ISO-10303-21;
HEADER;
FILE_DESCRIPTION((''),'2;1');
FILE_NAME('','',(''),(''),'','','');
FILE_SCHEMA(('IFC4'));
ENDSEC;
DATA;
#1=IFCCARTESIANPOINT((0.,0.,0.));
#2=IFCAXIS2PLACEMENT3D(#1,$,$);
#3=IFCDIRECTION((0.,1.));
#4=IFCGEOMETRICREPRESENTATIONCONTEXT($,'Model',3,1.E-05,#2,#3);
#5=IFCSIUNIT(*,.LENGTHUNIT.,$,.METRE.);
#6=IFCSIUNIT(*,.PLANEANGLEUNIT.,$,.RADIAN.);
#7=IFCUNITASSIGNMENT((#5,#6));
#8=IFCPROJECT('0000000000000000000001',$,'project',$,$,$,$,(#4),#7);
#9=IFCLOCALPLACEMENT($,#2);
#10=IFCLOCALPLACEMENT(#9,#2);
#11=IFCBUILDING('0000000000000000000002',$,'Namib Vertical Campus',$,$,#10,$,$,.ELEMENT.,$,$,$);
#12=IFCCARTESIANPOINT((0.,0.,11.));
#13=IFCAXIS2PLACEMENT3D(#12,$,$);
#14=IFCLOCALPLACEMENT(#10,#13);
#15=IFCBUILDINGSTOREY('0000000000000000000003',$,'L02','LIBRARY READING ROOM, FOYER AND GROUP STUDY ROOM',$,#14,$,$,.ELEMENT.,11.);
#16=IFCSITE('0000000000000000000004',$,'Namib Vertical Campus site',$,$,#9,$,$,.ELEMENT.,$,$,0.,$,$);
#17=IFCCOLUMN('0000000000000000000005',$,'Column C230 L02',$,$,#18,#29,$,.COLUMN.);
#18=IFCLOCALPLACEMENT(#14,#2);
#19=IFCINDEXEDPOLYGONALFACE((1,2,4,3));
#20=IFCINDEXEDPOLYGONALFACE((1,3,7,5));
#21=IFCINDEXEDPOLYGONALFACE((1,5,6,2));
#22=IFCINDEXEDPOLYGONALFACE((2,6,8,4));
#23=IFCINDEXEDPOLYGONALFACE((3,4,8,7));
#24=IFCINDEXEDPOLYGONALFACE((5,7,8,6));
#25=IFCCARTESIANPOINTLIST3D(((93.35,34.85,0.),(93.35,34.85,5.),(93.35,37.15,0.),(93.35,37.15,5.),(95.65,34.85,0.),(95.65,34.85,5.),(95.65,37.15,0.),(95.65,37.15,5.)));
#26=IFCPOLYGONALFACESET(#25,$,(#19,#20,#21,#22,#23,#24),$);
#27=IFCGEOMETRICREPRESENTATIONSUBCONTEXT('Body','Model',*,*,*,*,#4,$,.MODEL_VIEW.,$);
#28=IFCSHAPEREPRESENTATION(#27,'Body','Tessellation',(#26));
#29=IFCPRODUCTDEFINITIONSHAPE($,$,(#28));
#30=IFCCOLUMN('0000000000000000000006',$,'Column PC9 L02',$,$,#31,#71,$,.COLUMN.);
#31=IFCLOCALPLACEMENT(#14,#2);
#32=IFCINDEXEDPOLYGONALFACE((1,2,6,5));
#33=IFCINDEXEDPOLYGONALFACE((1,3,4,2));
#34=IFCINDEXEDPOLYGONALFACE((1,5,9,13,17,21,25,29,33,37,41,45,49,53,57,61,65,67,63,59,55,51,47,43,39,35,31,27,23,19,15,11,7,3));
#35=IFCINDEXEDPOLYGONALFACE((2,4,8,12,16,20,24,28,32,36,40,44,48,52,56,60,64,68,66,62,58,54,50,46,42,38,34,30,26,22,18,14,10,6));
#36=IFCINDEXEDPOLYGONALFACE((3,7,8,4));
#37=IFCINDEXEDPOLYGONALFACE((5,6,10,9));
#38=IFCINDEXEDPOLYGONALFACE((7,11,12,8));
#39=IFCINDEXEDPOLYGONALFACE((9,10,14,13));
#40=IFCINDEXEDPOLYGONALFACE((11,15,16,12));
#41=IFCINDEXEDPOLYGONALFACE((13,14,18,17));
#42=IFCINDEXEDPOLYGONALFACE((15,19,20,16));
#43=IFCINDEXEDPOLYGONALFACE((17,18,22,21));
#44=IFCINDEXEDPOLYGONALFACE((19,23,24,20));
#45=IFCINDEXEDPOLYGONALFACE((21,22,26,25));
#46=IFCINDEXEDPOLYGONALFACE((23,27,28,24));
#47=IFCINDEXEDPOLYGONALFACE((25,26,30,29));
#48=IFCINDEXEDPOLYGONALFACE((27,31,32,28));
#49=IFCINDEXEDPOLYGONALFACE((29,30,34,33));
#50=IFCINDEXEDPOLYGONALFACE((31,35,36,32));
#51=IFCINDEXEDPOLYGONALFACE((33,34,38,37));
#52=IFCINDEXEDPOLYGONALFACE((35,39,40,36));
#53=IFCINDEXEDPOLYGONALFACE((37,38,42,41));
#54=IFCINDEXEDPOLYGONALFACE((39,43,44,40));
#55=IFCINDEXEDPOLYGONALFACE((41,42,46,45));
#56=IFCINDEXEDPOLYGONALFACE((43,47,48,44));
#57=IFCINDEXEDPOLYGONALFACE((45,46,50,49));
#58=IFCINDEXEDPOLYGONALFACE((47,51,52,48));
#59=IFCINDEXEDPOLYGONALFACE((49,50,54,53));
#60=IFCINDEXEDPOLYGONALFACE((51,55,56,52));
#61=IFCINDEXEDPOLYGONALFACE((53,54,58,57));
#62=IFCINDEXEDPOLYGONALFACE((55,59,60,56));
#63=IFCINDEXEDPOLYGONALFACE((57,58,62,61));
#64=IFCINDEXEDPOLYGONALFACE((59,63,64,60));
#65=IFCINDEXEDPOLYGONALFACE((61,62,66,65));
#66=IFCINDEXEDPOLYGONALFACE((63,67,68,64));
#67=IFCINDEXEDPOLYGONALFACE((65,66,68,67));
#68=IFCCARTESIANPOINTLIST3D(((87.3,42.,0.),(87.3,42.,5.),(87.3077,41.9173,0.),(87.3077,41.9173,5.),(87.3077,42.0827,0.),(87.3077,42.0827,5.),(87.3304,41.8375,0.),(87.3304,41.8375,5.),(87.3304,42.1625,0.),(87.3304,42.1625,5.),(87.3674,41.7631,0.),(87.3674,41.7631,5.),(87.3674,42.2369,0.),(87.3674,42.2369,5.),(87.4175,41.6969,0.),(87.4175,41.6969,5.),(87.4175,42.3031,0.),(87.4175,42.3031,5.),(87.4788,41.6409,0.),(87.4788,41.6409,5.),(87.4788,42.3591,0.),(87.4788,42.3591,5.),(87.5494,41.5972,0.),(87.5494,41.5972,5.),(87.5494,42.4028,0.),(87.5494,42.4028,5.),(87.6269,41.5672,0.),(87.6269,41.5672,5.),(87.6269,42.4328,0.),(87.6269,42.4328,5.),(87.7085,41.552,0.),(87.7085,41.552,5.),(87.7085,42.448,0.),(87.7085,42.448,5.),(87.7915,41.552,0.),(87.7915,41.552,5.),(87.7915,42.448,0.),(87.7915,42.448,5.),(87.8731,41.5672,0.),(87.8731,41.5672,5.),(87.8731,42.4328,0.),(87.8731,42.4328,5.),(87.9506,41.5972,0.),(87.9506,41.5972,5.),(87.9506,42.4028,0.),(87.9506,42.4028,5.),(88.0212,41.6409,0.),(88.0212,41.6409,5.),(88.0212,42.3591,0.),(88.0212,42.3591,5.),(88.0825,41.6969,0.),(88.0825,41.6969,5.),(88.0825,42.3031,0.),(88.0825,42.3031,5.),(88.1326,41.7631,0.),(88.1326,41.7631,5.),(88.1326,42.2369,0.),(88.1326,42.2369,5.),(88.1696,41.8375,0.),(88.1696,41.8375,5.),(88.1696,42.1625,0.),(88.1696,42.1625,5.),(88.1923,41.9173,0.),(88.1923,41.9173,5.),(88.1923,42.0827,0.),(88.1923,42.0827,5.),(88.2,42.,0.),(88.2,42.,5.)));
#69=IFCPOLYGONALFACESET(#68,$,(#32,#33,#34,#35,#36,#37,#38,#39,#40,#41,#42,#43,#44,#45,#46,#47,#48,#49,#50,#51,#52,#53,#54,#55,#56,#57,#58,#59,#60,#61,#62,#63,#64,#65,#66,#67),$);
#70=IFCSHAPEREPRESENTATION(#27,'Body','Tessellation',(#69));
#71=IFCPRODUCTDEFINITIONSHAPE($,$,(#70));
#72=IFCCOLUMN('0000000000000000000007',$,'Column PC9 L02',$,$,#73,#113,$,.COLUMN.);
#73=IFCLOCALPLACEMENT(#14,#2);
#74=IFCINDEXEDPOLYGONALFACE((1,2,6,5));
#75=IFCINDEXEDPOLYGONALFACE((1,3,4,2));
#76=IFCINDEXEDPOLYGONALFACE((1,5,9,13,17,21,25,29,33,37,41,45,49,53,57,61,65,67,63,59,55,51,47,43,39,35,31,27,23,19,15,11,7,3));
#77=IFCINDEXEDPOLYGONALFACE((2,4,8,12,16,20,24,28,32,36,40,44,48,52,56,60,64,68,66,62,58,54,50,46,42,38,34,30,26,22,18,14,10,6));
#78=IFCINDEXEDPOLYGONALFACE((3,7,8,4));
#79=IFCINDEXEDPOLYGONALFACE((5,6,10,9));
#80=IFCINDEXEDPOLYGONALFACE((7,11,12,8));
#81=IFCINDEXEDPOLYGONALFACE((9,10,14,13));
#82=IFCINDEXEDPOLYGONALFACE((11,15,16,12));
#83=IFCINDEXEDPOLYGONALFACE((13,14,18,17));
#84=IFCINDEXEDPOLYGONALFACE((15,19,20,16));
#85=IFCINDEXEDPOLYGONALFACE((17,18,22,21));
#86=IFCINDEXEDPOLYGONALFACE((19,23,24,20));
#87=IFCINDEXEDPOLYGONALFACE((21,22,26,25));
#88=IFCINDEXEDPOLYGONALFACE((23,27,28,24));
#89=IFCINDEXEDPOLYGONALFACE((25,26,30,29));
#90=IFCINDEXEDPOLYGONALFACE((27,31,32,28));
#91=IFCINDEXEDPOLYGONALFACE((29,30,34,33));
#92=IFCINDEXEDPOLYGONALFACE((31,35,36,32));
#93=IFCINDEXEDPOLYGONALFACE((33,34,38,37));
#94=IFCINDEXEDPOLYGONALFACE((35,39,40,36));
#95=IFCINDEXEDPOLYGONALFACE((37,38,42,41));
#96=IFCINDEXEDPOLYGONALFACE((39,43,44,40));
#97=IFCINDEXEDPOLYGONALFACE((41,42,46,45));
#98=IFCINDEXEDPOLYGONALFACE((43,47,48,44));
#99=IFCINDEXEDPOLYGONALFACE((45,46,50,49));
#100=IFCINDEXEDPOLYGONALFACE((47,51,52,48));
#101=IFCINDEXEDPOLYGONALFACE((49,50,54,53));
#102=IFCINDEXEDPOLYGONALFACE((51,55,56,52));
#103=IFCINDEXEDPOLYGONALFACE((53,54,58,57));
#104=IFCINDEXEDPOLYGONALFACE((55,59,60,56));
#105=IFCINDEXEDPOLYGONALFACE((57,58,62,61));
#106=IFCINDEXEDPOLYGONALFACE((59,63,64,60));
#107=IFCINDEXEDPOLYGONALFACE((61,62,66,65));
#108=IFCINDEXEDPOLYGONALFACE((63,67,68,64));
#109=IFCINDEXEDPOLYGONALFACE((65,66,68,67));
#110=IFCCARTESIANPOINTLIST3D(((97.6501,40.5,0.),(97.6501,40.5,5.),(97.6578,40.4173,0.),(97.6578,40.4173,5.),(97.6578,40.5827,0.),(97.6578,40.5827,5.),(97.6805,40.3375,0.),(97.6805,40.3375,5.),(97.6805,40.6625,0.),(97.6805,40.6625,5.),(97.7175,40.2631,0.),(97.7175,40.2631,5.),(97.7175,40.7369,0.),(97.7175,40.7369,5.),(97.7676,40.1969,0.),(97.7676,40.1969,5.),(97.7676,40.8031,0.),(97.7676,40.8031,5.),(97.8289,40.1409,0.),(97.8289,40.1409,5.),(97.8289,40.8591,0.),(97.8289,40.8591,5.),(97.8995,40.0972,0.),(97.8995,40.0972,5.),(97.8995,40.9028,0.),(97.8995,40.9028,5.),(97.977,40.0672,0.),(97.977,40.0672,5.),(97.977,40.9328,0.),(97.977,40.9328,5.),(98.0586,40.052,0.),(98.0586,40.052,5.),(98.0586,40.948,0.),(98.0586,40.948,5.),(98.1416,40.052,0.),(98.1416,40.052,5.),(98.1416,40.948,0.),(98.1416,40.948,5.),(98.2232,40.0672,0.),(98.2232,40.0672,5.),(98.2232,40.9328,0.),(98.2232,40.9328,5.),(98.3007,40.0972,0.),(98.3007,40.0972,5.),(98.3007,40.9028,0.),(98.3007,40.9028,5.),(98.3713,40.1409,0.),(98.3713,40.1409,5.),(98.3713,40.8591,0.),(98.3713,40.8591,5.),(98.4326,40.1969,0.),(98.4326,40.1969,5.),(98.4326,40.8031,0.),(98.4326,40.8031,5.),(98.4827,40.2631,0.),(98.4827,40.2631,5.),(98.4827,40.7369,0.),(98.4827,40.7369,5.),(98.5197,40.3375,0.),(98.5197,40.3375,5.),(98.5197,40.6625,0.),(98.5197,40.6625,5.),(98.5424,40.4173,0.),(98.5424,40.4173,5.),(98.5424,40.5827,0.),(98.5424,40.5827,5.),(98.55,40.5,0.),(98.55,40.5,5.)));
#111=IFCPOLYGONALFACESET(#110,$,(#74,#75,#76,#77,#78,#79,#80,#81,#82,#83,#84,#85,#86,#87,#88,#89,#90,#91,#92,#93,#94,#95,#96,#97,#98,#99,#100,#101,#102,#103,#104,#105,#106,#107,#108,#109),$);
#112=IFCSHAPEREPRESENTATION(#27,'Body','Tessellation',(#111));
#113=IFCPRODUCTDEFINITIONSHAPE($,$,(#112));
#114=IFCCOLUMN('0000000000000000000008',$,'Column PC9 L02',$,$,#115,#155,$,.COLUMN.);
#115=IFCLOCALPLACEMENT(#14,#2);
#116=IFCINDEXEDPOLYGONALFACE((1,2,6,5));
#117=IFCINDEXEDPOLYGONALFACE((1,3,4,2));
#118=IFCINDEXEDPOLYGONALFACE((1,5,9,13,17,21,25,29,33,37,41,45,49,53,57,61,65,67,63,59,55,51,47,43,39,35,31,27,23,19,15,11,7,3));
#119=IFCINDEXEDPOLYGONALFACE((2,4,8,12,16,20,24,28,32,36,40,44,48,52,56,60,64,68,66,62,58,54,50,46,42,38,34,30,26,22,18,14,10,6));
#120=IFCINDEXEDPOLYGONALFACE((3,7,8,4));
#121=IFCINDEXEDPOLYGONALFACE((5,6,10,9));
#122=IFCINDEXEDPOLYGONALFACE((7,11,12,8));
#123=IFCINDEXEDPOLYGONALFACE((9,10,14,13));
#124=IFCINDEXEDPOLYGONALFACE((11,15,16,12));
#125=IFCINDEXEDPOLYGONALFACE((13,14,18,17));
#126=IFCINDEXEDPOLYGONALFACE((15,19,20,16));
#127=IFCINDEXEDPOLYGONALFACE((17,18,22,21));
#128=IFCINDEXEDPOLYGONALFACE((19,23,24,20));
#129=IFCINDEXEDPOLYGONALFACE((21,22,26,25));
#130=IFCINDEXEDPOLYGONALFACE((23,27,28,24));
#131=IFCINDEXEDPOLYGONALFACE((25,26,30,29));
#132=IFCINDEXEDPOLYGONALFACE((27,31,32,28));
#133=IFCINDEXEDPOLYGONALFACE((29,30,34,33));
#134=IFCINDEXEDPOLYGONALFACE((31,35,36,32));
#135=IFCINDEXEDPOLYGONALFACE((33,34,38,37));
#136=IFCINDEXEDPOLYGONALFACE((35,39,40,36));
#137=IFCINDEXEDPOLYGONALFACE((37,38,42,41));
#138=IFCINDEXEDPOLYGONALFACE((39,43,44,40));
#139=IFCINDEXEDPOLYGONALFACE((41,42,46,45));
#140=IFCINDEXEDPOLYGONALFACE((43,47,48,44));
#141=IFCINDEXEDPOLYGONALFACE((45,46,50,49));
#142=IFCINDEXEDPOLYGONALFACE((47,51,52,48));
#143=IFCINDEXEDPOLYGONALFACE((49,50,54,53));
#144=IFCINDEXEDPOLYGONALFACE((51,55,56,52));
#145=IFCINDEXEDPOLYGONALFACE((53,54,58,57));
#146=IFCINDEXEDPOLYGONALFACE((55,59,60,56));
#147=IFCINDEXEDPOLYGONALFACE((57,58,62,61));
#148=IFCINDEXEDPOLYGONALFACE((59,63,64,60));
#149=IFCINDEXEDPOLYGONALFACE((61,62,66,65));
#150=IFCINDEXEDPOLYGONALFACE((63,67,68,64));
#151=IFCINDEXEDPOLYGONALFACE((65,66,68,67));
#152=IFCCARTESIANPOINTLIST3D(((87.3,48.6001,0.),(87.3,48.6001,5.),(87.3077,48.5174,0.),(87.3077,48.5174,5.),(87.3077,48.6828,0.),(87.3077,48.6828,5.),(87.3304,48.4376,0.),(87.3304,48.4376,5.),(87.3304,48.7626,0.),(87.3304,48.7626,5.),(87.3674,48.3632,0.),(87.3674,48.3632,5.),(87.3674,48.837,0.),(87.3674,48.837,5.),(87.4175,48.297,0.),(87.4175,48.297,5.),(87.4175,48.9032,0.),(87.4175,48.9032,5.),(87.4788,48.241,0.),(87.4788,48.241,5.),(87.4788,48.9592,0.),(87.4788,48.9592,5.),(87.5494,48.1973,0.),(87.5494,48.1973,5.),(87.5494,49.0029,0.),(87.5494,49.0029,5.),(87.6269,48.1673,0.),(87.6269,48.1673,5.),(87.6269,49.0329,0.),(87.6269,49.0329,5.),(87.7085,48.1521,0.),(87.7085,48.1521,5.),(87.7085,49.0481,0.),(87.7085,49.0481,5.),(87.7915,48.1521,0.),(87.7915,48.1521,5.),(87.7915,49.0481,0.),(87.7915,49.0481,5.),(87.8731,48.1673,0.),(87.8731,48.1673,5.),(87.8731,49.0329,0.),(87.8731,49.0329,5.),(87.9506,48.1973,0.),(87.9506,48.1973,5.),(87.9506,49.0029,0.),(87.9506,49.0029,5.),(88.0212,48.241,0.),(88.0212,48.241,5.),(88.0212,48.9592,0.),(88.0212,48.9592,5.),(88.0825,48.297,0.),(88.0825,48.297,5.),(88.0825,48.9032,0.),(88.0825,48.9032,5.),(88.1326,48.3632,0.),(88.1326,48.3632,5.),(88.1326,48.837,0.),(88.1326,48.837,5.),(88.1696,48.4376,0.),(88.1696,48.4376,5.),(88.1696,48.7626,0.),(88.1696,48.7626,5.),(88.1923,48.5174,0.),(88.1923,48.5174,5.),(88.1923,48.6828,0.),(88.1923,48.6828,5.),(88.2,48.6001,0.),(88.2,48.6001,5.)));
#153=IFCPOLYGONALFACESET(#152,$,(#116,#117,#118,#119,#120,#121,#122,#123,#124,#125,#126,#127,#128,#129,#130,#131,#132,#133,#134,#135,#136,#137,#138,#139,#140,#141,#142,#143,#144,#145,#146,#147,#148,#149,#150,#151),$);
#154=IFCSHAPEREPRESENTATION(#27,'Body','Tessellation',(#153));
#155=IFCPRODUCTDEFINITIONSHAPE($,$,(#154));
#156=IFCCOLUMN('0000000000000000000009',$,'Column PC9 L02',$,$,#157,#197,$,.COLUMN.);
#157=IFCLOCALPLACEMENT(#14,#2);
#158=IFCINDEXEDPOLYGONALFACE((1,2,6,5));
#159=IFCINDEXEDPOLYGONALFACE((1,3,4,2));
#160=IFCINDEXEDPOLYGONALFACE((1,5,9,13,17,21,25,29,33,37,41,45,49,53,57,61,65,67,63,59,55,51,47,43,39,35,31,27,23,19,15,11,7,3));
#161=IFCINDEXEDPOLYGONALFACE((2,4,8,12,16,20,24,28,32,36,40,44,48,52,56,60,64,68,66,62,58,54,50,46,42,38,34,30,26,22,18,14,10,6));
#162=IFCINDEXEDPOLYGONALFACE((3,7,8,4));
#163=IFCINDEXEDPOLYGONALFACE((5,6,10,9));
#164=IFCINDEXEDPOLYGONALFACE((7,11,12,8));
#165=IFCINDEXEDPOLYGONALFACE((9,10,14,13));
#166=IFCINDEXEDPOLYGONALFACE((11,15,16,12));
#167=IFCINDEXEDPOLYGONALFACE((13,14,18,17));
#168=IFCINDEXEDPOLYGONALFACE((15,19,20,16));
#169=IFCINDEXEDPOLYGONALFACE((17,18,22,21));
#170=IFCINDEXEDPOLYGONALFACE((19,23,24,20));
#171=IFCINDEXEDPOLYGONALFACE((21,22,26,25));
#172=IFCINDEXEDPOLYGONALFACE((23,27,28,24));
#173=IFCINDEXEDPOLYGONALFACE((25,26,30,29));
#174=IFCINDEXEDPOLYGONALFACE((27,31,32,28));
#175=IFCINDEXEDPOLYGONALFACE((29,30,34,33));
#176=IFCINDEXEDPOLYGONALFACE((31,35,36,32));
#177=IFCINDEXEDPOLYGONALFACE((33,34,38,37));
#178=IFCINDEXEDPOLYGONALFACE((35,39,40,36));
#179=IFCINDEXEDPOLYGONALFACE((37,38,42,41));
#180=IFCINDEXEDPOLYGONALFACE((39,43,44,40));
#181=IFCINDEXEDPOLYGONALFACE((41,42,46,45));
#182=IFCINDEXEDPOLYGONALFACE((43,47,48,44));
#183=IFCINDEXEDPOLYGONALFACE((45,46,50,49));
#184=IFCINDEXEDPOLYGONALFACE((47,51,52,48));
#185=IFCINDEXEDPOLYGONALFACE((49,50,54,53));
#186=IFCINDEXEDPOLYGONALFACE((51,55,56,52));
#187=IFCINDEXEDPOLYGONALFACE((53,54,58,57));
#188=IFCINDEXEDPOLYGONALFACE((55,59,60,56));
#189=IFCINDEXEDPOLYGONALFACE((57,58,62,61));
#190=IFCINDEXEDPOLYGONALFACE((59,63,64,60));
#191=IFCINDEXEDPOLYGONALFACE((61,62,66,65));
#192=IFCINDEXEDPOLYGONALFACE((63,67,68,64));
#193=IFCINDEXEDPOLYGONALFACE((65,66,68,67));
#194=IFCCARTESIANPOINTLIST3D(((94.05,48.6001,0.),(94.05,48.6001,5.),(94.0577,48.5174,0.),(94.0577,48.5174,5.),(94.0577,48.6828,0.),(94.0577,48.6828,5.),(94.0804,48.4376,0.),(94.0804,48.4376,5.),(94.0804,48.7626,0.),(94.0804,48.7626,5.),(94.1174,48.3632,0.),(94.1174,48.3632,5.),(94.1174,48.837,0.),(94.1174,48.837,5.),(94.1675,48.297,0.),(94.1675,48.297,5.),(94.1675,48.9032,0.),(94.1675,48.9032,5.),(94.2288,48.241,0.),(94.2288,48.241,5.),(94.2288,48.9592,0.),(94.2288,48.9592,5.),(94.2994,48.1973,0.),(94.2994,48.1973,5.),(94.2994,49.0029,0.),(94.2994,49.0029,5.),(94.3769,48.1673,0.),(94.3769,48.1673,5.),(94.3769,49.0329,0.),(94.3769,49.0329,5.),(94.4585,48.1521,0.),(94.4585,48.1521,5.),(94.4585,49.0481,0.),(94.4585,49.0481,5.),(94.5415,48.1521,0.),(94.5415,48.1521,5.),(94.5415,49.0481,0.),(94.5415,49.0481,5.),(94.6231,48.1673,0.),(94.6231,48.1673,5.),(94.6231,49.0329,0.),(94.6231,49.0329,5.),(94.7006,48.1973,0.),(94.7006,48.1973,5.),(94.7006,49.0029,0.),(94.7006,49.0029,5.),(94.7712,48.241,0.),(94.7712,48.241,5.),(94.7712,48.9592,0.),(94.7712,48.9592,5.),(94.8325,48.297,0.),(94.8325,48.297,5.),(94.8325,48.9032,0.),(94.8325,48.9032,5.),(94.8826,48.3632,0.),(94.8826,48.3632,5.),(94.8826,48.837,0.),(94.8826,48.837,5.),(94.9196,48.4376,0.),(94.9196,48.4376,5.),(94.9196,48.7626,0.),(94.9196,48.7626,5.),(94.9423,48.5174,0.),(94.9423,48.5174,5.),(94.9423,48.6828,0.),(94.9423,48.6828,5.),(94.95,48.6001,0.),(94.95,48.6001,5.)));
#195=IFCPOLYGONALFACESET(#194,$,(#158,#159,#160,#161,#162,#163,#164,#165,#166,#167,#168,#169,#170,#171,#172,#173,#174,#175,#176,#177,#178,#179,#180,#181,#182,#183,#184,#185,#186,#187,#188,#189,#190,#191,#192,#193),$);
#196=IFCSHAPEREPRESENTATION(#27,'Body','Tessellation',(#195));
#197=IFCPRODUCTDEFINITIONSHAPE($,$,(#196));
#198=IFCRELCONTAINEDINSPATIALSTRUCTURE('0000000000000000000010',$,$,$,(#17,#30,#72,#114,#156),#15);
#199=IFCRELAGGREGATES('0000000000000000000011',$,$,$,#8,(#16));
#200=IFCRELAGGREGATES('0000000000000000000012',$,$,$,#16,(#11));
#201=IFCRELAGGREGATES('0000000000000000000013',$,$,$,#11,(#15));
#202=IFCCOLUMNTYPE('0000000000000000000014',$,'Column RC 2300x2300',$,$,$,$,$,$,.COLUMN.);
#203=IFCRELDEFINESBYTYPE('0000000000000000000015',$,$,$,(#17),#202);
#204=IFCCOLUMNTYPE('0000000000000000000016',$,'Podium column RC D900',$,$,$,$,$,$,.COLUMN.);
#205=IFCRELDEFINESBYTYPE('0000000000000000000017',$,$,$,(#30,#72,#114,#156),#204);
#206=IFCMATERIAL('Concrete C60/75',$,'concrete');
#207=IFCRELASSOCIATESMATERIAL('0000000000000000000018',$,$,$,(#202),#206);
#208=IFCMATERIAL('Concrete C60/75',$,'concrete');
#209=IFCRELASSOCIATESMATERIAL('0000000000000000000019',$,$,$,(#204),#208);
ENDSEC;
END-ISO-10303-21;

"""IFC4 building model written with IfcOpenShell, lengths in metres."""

from ifc_helpers import new_model, si_unit, direction, frame, origin, origin_2d, place, context, subcontext, project, spatial, rectangle, circle, extrude, material, material_profile, profile_set, type_object, element, save


model = new_model("IFC4")

# Units and contexts
model_context = context("Model", 3, precision=1e-05, world=origin(), true_north=direction((0.0, 1.0)))
body_context = subcontext(model_context, "Body", "Model", "MODEL_VIEW")
ifc_project = project(units=[si_unit("LENGTHUNIT", "METRE"), si_unit("PLANEANGLEUNIT", "RADIAN")], contexts=[model_context])

# Site, building, storey
site_placement = place(None, origin())
site = spatial("IfcSite", under=ifc_project, at=site_placement, Name="Namib Vertical Campus site", CompositionType="ELEMENT", RefElevation=0.0)
building_placement = place(site_placement, origin())
building = spatial("IfcBuilding", under=site, at=building_placement, Name="Namib Vertical Campus", CompositionType="ELEMENT")
storey_placement = place(building_placement, frame((0.0, 0.0, 11.0)))
storey = spatial("IfcBuildingStorey", under=building, at=storey_placement, Name="L02", Description="LIBRARY READING ROOM, FOYER AND GROUP STUDY ROOM", CompositionType="ELEMENT", Elevation=11.0)

# Columns
ifc_material_1 = material(Name="Concrete C60/75", Category="concrete")
ifc_material_profile_1 = material_profile(ifc_material_1, rectangle(XDim=2.3, YDim=2.3, at=origin_2d()))
ifc_profile_set_1 = profile_set([ifc_material_profile_1], Name="Concrete C60/75")
column_type_1 = type_object("IfcColumnType", Name="Column RC 2300x2300", PredefinedType="COLUMN", material=ifc_profile_set_1)
column_placement = place(storey_placement, frame((94.5, 36.0, 0.0), z_axis=(0.0, 0.0, 1.0), x_axis=(1.0, 0.0, 0.0)))
element("IfcColumn", 1, at=column_placement, inside=storey, type_object=column_type_1, Name="Column C230 L02", PredefinedType="COLUMN", context=body_context, shape_type="SweptSolid", body=[
    extrude(rectangle(XDim=2.3, YDim=2.3, at=origin_2d()), origin(), (0.0, 0.0, 1.0), 5.0),
])
ifc_material_2 = material(Name="Concrete C60/75", Category="concrete")
ifc_material_profile_2 = material_profile(ifc_material_2, circle(Radius=0.45, at=origin_2d()))
ifc_profile_set_2 = profile_set([ifc_material_profile_2], Name="Concrete C60/75")
column_type_2 = type_object("IfcColumnType", Name="Podium column RC D900", PredefinedType="COLUMN", material=ifc_profile_set_2)
for number, where, z_axis, x_axis, name in (
    (2, (87.75, 42.0, 0.0), (0.0, 0.0, 1.0), (1.0, 0.0, 0.0), "Column PC9 L02"),
    (3, (98.1001, 40.5, 0.0), (0.0, 0.0, 1.0), (1.0, 0.0, 0.0), "Column PC9 L02"),
    (4, (87.75, 48.6001, 0.0), (0.0, 0.0, 1.0), (1.0, 0.0, 0.0), "Column PC9 L02"),
    (5, (94.5, 48.6001, 0.0), (0.0, 0.0, 1.0), (1.0, 0.0, 0.0), "Column PC9 L02"),
):
    element("IfcColumn", number, at=place(storey_placement, frame(where, z_axis=z_axis, x_axis=x_axis)), inside=storey, type_object=column_type_2, Name=name, PredefinedType="COLUMN", context=body_context, shape_type="SweptSolid", body=[
        extrude(circle(Radius=0.45, at=origin_2d()), origin(), (0.0, 0.0, 1.0), 5.0),
    ])

save(model, "model.ifc")
